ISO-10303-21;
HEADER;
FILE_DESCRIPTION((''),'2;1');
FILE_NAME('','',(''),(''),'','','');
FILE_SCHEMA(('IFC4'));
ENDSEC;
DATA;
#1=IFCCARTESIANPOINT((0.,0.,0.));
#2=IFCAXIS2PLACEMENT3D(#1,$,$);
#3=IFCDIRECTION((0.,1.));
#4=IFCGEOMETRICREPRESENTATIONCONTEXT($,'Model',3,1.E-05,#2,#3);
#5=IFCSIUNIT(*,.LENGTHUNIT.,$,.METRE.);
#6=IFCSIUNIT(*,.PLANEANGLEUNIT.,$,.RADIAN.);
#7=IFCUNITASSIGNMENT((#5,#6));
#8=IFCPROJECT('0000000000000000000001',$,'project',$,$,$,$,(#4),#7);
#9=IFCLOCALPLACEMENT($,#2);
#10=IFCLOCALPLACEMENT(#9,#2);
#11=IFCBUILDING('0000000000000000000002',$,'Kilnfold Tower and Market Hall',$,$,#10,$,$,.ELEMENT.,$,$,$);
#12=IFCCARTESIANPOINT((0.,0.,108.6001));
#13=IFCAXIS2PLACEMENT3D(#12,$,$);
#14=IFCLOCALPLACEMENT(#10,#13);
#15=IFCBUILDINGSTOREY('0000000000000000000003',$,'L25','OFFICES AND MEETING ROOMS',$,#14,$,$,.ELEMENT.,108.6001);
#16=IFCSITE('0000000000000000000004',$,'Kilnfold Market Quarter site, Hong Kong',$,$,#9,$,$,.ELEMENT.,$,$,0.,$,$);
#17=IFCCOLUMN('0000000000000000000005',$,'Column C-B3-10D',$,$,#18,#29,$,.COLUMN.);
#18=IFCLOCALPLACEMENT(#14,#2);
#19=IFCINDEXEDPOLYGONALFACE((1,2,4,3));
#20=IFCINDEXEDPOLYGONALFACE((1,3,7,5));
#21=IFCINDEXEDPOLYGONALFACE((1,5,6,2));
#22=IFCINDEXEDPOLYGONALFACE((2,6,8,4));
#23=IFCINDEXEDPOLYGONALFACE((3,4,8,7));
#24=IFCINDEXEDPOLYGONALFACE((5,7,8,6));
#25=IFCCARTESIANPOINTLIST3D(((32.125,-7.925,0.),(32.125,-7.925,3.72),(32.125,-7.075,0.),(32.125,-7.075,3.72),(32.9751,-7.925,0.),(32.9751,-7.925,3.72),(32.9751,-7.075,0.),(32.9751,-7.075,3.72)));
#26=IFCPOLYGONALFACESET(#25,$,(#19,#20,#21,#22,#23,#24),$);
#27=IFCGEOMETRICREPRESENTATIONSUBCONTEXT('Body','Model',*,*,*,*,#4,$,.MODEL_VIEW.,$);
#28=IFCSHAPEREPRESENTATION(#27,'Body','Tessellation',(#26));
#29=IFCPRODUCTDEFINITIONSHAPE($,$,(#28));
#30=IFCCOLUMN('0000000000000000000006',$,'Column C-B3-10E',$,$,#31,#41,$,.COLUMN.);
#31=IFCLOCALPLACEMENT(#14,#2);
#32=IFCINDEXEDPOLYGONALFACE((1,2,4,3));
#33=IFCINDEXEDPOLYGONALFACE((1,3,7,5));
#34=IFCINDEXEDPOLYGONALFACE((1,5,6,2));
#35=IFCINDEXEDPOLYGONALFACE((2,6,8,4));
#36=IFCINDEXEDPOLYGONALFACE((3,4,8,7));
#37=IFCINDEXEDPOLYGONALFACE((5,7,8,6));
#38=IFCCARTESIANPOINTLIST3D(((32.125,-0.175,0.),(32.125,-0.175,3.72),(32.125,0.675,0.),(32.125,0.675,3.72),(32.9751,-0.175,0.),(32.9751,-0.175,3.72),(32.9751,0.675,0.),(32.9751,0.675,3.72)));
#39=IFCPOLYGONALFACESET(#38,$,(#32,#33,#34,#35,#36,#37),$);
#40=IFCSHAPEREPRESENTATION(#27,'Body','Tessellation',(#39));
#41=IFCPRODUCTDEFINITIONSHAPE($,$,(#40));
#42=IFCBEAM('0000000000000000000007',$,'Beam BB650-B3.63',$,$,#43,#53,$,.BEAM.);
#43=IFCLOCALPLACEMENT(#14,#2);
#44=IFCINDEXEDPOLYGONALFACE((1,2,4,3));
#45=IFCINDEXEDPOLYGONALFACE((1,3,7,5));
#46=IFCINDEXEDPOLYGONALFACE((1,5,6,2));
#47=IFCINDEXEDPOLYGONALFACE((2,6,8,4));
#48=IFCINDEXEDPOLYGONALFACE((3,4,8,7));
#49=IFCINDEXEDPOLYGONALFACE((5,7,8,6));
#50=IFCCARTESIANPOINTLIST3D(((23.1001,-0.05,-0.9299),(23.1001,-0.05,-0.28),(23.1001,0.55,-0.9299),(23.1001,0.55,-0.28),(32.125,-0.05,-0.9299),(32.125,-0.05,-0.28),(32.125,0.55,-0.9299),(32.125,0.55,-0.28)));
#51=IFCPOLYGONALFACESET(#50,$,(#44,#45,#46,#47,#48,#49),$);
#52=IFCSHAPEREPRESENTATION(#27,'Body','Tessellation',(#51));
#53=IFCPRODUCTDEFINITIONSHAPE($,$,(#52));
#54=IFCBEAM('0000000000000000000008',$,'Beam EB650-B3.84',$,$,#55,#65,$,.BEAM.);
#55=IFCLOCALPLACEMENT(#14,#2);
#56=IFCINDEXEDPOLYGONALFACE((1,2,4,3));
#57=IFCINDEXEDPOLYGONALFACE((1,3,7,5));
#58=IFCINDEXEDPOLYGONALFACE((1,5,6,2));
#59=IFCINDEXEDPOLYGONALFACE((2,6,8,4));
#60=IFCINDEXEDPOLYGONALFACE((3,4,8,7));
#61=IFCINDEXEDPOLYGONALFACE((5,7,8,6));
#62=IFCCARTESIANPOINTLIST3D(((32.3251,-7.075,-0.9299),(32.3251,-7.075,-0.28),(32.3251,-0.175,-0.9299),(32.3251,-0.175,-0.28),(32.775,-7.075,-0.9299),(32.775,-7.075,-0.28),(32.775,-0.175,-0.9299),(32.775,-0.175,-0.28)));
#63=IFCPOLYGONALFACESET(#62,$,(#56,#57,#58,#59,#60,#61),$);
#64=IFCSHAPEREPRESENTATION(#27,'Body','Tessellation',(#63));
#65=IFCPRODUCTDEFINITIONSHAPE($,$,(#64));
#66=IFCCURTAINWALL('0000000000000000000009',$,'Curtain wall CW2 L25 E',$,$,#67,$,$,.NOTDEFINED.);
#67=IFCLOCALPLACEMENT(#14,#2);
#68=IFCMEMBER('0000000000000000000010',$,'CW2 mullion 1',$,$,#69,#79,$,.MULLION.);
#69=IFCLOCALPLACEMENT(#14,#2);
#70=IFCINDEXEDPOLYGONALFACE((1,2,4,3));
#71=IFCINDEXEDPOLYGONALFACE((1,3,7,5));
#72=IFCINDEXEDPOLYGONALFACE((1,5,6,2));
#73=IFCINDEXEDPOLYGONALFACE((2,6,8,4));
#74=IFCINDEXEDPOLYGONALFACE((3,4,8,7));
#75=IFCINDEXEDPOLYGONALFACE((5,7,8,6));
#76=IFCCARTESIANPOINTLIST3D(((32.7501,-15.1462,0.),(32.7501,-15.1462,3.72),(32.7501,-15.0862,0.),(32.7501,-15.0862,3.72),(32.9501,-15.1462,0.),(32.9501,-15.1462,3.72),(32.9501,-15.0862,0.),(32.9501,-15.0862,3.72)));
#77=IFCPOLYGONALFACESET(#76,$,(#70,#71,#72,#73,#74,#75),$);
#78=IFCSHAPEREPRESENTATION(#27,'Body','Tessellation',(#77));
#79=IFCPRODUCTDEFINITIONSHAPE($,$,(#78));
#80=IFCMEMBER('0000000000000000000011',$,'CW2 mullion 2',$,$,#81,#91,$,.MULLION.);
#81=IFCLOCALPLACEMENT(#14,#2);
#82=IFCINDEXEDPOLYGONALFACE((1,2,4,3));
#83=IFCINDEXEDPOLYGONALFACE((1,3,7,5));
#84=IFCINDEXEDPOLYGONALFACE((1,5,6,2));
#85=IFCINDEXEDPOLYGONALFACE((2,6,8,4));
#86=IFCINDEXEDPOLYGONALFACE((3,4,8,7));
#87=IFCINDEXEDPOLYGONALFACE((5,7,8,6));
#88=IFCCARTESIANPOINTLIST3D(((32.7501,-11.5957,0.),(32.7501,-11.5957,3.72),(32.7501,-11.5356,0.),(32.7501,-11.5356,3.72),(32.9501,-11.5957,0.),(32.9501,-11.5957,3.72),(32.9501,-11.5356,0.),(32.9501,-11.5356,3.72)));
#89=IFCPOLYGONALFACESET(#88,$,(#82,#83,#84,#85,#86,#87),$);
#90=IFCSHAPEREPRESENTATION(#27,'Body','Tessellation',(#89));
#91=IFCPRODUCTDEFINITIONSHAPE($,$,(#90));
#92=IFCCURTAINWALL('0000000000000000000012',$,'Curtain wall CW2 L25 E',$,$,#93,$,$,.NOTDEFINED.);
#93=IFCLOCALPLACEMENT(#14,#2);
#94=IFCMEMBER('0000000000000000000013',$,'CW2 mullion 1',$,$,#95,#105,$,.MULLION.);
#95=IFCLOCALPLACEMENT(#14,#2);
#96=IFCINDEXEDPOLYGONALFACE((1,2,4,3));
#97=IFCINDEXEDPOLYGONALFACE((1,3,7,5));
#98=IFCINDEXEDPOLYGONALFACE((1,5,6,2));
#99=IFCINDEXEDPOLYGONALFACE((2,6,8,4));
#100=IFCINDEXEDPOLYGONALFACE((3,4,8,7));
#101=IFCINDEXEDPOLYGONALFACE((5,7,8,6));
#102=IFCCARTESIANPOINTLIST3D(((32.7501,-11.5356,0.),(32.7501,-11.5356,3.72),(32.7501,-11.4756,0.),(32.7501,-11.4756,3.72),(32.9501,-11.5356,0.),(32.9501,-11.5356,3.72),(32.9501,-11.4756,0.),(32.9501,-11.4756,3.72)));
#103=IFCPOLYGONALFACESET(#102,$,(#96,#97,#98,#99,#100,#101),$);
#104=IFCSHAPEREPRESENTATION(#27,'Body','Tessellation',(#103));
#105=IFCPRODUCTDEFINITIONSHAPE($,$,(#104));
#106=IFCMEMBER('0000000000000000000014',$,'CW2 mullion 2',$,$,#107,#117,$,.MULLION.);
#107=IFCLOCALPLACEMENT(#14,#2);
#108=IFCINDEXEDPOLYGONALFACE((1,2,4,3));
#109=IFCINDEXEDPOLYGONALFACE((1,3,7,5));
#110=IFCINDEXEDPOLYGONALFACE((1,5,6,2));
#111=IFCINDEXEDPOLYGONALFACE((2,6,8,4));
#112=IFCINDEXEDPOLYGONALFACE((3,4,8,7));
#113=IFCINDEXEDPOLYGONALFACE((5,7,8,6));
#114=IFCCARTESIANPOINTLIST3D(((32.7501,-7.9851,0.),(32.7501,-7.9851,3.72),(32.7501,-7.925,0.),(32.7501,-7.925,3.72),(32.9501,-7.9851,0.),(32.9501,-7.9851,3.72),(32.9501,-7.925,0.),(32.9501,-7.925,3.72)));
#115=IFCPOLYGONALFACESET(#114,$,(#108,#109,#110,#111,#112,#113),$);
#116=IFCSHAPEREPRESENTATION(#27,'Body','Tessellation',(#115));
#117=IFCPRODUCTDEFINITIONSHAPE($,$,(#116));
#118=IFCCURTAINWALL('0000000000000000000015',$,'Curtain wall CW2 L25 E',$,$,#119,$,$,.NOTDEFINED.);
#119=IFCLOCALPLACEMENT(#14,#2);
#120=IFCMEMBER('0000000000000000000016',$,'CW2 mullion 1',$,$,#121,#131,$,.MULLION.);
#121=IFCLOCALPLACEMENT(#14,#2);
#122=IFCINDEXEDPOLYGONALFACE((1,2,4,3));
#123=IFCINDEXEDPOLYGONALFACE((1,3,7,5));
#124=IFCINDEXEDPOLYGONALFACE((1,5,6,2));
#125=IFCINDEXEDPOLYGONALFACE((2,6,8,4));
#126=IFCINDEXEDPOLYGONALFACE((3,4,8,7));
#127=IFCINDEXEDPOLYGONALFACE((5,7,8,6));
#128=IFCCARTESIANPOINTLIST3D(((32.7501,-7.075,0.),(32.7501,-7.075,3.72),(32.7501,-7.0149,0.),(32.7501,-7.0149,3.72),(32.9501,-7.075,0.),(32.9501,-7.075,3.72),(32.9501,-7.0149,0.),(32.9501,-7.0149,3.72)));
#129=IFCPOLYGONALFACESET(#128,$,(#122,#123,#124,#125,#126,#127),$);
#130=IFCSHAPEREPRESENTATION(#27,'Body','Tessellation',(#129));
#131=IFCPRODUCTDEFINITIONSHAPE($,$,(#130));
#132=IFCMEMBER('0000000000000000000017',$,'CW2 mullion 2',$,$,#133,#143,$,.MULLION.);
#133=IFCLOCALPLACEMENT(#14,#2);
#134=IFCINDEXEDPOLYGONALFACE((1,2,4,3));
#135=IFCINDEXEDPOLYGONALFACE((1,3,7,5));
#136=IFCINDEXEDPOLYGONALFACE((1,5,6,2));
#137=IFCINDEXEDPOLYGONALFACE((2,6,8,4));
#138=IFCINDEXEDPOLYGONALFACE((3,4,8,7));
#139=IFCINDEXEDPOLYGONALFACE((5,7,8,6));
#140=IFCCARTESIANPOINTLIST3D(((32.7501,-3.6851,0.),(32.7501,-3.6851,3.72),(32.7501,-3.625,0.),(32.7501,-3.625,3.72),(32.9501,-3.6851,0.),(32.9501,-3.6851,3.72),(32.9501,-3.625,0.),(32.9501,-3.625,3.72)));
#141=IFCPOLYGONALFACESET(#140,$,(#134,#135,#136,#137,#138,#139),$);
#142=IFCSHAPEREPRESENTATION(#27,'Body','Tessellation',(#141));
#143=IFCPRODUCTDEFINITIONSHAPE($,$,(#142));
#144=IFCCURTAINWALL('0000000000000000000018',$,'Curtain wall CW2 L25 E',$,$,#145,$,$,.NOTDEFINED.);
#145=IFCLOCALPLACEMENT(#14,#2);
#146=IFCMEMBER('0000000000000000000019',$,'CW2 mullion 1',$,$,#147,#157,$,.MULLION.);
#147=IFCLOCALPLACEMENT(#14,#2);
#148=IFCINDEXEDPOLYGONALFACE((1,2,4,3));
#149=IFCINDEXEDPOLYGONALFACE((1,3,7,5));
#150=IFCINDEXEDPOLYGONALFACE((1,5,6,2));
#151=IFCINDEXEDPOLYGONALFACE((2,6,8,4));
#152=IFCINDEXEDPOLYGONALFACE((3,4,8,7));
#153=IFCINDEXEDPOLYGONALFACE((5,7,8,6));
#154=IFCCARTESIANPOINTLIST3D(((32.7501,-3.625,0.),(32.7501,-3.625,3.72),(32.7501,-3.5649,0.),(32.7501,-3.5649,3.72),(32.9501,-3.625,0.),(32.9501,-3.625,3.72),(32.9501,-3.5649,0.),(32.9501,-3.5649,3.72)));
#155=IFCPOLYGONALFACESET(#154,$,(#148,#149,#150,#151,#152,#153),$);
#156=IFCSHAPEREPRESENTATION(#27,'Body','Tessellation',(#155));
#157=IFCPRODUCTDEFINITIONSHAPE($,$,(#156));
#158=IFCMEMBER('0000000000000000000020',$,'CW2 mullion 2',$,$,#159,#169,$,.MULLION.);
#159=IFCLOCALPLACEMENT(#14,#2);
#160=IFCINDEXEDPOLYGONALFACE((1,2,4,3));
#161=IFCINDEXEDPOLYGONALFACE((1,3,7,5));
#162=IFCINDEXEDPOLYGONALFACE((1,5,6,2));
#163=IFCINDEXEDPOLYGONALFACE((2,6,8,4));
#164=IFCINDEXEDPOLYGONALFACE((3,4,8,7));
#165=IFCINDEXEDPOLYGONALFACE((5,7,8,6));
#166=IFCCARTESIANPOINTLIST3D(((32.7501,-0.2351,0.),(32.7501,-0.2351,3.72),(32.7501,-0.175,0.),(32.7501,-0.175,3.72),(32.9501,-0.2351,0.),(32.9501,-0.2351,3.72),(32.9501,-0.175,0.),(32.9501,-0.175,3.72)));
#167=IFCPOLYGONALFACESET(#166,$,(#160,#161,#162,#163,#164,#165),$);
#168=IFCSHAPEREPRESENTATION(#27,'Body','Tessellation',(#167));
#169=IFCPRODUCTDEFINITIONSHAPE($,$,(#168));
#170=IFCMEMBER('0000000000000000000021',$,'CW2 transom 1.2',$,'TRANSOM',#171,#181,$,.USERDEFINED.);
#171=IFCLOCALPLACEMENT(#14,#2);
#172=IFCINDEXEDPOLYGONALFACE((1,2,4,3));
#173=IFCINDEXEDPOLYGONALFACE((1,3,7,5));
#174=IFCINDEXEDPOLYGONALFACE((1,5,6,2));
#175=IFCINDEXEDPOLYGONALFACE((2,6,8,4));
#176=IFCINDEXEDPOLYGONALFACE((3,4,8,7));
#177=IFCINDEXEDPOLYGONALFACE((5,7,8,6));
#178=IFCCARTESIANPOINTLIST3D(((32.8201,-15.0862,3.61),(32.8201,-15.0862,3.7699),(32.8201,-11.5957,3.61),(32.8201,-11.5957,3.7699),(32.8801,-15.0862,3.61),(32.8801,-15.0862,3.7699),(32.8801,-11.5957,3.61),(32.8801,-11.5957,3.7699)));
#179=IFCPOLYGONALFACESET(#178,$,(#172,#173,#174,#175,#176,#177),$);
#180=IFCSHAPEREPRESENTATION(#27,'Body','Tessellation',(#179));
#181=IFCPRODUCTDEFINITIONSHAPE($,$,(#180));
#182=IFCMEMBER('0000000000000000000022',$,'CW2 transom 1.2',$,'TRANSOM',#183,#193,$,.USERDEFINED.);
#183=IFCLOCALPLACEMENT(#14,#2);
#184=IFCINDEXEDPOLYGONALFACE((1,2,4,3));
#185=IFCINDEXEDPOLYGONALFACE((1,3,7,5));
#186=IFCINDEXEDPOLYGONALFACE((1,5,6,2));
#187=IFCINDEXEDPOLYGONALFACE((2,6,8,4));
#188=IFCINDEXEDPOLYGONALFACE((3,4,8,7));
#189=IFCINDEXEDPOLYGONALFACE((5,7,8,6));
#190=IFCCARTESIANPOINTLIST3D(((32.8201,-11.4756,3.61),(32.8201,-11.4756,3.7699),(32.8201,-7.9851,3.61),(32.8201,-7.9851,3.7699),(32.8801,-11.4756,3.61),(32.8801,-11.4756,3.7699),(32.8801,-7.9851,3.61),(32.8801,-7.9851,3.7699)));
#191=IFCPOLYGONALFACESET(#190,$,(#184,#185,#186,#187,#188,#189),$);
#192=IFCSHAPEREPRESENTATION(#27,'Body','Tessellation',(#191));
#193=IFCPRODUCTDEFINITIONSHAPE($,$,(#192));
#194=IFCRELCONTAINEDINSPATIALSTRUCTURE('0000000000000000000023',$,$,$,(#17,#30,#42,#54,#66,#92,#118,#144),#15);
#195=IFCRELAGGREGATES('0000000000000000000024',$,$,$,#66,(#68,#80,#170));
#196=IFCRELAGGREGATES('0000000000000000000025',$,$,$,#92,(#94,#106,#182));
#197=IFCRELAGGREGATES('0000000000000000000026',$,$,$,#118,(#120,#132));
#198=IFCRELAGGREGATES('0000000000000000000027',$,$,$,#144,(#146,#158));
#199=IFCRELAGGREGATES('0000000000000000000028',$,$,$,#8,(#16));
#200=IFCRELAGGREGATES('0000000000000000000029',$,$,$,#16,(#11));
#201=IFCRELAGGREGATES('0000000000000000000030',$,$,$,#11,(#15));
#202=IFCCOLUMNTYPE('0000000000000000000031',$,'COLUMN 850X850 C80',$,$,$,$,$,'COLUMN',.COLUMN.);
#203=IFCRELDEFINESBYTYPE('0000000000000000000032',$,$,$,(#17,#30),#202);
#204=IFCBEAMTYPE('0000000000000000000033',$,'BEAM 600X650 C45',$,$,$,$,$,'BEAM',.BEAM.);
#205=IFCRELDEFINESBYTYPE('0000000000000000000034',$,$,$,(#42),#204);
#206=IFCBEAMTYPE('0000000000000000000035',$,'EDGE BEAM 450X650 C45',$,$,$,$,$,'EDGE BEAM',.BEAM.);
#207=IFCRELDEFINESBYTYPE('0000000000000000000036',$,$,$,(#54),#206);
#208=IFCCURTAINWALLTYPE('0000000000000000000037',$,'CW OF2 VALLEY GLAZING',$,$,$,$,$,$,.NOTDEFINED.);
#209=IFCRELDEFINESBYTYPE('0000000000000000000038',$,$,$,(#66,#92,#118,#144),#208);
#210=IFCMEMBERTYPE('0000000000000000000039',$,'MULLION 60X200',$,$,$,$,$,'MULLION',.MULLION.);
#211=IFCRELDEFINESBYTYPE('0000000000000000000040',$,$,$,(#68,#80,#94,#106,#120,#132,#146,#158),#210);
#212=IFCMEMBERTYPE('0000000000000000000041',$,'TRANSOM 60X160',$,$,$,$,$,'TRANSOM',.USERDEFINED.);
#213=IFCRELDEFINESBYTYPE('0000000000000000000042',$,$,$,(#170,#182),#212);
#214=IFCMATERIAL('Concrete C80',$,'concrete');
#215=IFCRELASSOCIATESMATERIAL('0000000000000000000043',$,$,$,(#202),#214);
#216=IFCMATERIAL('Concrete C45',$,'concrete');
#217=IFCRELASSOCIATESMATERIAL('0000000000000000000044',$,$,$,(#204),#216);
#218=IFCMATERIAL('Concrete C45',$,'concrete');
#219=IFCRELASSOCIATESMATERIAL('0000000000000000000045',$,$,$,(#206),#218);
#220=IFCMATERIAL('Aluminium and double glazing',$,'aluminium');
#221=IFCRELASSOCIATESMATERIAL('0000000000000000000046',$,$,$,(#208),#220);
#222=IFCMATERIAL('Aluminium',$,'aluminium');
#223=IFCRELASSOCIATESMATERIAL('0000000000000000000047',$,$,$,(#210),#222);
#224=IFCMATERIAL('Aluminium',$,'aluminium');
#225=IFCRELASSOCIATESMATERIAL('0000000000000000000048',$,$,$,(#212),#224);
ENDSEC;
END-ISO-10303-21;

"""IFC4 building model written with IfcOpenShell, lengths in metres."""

from ifc_helpers import new_model, si_unit, direction, frame, origin, origin_2d, place, context, subcontext, project, spatial, rectangle, extrude, source, transform, mapped, material, material_profile, profile_set, type_object, element, aggregate, save


model = new_model("IFC4")

# Units and contexts
model_context = context("Model", 3, precision=1e-05, world=origin(), true_north=direction((0.0, 1.0)))
body_context = subcontext(model_context, "Body", "Model", "MODEL_VIEW")
ifc_project = project(units=[si_unit("LENGTHUNIT", "METRE"), si_unit("PLANEANGLEUNIT", "RADIAN")], contexts=[model_context])

# Site, building, storey
site_placement = place(None, origin())
site = spatial("IfcSite", under=ifc_project, at=site_placement, Name="Kilnfold Market Quarter site, Hong Kong", CompositionType="ELEMENT", RefElevation=0.0)
building_placement = place(site_placement, origin())
building = spatial("IfcBuilding", under=site, at=building_placement, Name="Kilnfold Tower and Market Hall", CompositionType="ELEMENT")
storey_placement = place(building_placement, frame((0.0, 0.0, 108.6001)))
storey = spatial("IfcBuildingStorey", under=building, at=storey_placement, Name="L25", Description="OFFICES AND MEETING ROOMS", CompositionType="ELEMENT", Elevation=108.6001)

# Columns
ifc_material_1 = material(Name="Concrete C80", Category="concrete")
ifc_material_profile_1 = material_profile(ifc_material_1, rectangle(XDim=0.8501, YDim=0.8501, at=origin_2d()), Name="RC 850x850")
ifc_profile_set_1 = profile_set([ifc_material_profile_1], Name="Concrete C80")
column_type = type_object("IfcColumnType", Name="COLUMN 850X850 C80", ElementType="COLUMN", PredefinedType="COLUMN", material=ifc_profile_set_1)
shared_shape_1 = source(origin(), body_context, "Body", "SweptSolid", [
    extrude(rectangle(XDim=0.8501, YDim=0.8501, at=origin_2d()), origin(), (0.0, 0.0, 1.0), 3.72),
])
for number, where, z_axis, x_axis, name in (
    (1, (32.55, -7.5, 0.0), (0.0, 0.0, 1.0), (1.0, 0.0, 0.0), "Column C-B3-10D"),
    (2, (32.55, 0.25, 0.0), (0.0, 0.0, 1.0), (1.0, 0.0, 0.0), "Column C-B3-10E"),
):
    element("IfcColumn", number, at=place(storey_placement, frame(where, z_axis=z_axis, x_axis=x_axis)), inside=storey, type_object=column_type, Name=name, PredefinedType="COLUMN", context=body_context, shape_type="MappedRepresentation", body=[
        mapped(shared_shape_1, transform((0.0, 0.0, 0.0))),
    ])

# Beams
ifc_material_2 = material(Name="Concrete C45", Category="concrete")
ifc_material_profile_2 = material_profile(ifc_material_2, rectangle(XDim=0.6001, YDim=0.6499, at=origin_2d()), Name="RC 600x650")
ifc_profile_set_2 = profile_set([ifc_material_profile_2], Name="Concrete C45")
beam_type_1 = type_object("IfcBeamType", Name="BEAM 600X650 C45", ElementType="BEAM", PredefinedType="BEAM", material=ifc_profile_set_2)
shared_shape_2 = source(origin(), body_context, "Body", "SweptSolid", [
    extrude(rectangle(XDim=0.6001, YDim=0.6499, at=origin_2d()), origin(), (0.0, 0.0, 1.0), 9.0249),
])
beam_1_placement = place(storey_placement, frame((23.1001, 0.25, -0.605), z_axis=(1.0, 0.0, 0.0), x_axis=(0.0, 1.0, 0.0)))
element("IfcBeam", 3, at=beam_1_placement, inside=storey, type_object=beam_type_1, Name="Beam BB650-B3.63", PredefinedType="BEAM", context=body_context, shape_type="MappedRepresentation", body=[
    mapped(shared_shape_2, transform((0.0, 0.0, 0.0))),
])
ifc_material_3 = material(Name="Concrete C45", Category="concrete")
ifc_material_profile_3 = material_profile(ifc_material_3, rectangle(XDim=0.45, YDim=0.6499, at=origin_2d()), Name="RC 450x650")
ifc_profile_set_3 = profile_set([ifc_material_profile_3], Name="Concrete C45")
beam_type_2 = type_object("IfcBeamType", Name="EDGE BEAM 450X650 C45", ElementType="EDGE BEAM", PredefinedType="BEAM", material=ifc_profile_set_3)
shared_shape_3 = source(origin(), body_context, "Body", "SweptSolid", [
    extrude(rectangle(XDim=0.45, YDim=0.6499, at=origin_2d()), origin(), (0.0, 0.0, 1.0), 6.8999),
])
beam_2_placement = place(storey_placement, frame((32.55, -7.075, -0.605), z_axis=(0.0, 1.0, 0.0), x_axis=(-1.0, 0.0, 0.0)))
element("IfcBeam", 4, at=beam_2_placement, inside=storey, type_object=beam_type_2, Name="Beam EB650-B3.84", PredefinedType="BEAM", context=body_context, shape_type="MappedRepresentation", body=[
    mapped(shared_shape_3, transform((0.0, 0.0, 0.0))),
])

# Curtain walls, members
ifc_material_4 = material(Name="Aluminium and double glazing", Category="aluminium")
curtain_wall_type = type_object("IfcCurtainWallType", Name="CW OF2 VALLEY GLAZING", PredefinedType="NOTDEFINED", material=ifc_material_4)
curtain_wall_1_placement = place(storey_placement, origin())
curtain_wall_1 = element("IfcCurtainWall", 5, at=curtain_wall_1_placement, inside=storey, type_object=curtain_wall_type, Name="Curtain wall CW2 L25 E", PredefinedType="NOTDEFINED")
ifc_material_5 = material(Name="Aluminium", Category="aluminium")
ifc_material_profile_4 = material_profile(ifc_material_5, rectangle(XDim=0.0601, YDim=0.2, at=origin_2d()), Name="MULLION 60x200")
ifc_profile_set_4 = profile_set([ifc_material_profile_4], Name="Aluminium")
member_type_1 = type_object("IfcMemberType", Name="MULLION 60X200", ElementType="MULLION", PredefinedType="MULLION", material=ifc_profile_set_4)
shared_shape_4 = source(origin(), body_context, "Body", "SweptSolid", [
    extrude(rectangle(XDim=0.0601, YDim=0.2, at=origin_2d()), origin(), (0.0, 0.0, 1.0), 3.72),
])
member_1_placement = place(storey_placement, frame((32.8501, -15.1162, 0.0), z_axis=(0.0, 0.0, 1.0), x_axis=(0.0, 1.0, 0.0)))
member_1 = element("IfcMember", 6, at=member_1_placement, type_object=member_type_1, Name="CW2 mullion 1", PredefinedType="MULLION", context=body_context, shape_type="MappedRepresentation", body=[
    mapped(shared_shape_4, transform((0.0, 0.0, 0.0))),
])
member_2_placement = place(storey_placement, frame((32.8501, -11.5657, 0.0), z_axis=(0.0, 0.0, 1.0), x_axis=(0.0, 1.0, 0.0)))
member_2 = element("IfcMember", 7, at=member_2_placement, type_object=member_type_1, Name="CW2 mullion 2", PredefinedType="MULLION", context=body_context, shape_type="MappedRepresentation", body=[
    mapped(shared_shape_4, transform((0.0, 0.0, 0.0))),
])
curtain_wall_2_placement = place(storey_placement, origin())
curtain_wall_2 = element("IfcCurtainWall", 8, at=curtain_wall_2_placement, inside=storey, type_object=curtain_wall_type, Name="Curtain wall CW2 L25 E", PredefinedType="NOTDEFINED")
member_3_placement = place(storey_placement, frame((32.8501, -11.5056, 0.0), z_axis=(0.0, 0.0, 1.0), x_axis=(0.0, 1.0, 0.0)))
member_3 = element("IfcMember", 9, at=member_3_placement, type_object=member_type_1, Name="CW2 mullion 1", PredefinedType="MULLION", context=body_context, shape_type="MappedRepresentation", body=[
    mapped(shared_shape_4, transform((0.0, 0.0, 0.0))),
])
member_4_placement = place(storey_placement, frame((32.8501, -7.9551, 0.0), z_axis=(0.0, 0.0, 1.0), x_axis=(0.0, 1.0, 0.0)))
member_4 = element("IfcMember", 10, at=member_4_placement, type_object=member_type_1, Name="CW2 mullion 2", PredefinedType="MULLION", context=body_context, shape_type="MappedRepresentation", body=[
    mapped(shared_shape_4, transform((0.0, 0.0, 0.0))),
])
curtain_wall_3_placement = place(storey_placement, origin())
curtain_wall_3 = element("IfcCurtainWall", 11, at=curtain_wall_3_placement, inside=storey, type_object=curtain_wall_type, Name="Curtain wall CW2 L25 E", PredefinedType="NOTDEFINED")
member_5_placement = place(storey_placement, frame((32.8501, -7.0449, 0.0), z_axis=(0.0, 0.0, 1.0), x_axis=(0.0, 1.0, 0.0)))
member_5 = element("IfcMember", 12, at=member_5_placement, type_object=member_type_1, Name="CW2 mullion 1", PredefinedType="MULLION", context=body_context, shape_type="MappedRepresentation", body=[
    mapped(shared_shape_4, transform((0.0, 0.0, 0.0))),
])
member_6_placement = place(storey_placement, frame((32.8501, -3.655, 0.0), z_axis=(0.0, 0.0, 1.0), x_axis=(0.0, 1.0, 0.0)))
member_6 = element("IfcMember", 13, at=member_6_placement, type_object=member_type_1, Name="CW2 mullion 2", PredefinedType="MULLION", context=body_context, shape_type="MappedRepresentation", body=[
    mapped(shared_shape_4, transform((0.0, 0.0, 0.0))),
])
curtain_wall_4_placement = place(storey_placement, origin())
curtain_wall_4 = element("IfcCurtainWall", 14, at=curtain_wall_4_placement, inside=storey, type_object=curtain_wall_type, Name="Curtain wall CW2 L25 E", PredefinedType="NOTDEFINED")
member_7_placement = place(storey_placement, frame((32.8501, -3.595, 0.0), z_axis=(0.0, 0.0, 1.0), x_axis=(0.0, 1.0, 0.0)))
member_7 = element("IfcMember", 15, at=member_7_placement, type_object=member_type_1, Name="CW2 mullion 1", PredefinedType="MULLION", context=body_context, shape_type="MappedRepresentation", body=[
    mapped(shared_shape_4, transform((0.0, 0.0, 0.0))),
])
member_8_placement = place(storey_placement, frame((32.8501, -0.2051, 0.0), z_axis=(0.0, 0.0, 1.0), x_axis=(0.0, 1.0, 0.0)))
member_8 = element("IfcMember", 16, at=member_8_placement, type_object=member_type_1, Name="CW2 mullion 2", PredefinedType="MULLION", context=body_context, shape_type="MappedRepresentation", body=[
    mapped(shared_shape_4, transform((0.0, 0.0, 0.0))),
])

# Members
ifc_material_6 = material(Name="Aluminium", Category="aluminium")
ifc_material_profile_5 = material_profile(ifc_material_6, rectangle(XDim=0.0601, YDim=0.1599, at=origin_2d()), Name="TRANSOM 60x160")
ifc_profile_set_5 = profile_set([ifc_material_profile_5], Name="Aluminium")
member_type_2 = type_object("IfcMemberType", Name="TRANSOM 60X160", ElementType="TRANSOM", PredefinedType="USERDEFINED", material=ifc_profile_set_5)
shared_shape_5 = source(origin(), body_context, "Body", "SweptSolid", [
    extrude(rectangle(XDim=0.0601, YDim=0.1599, at=origin_2d()), origin(), (0.0, 0.0, 1.0), 3.4905),
])
member_9_placement = place(storey_placement, frame((32.8501, -15.0862, 3.6899), z_axis=(0.0, 1.0, 0.0), x_axis=(-1.0, 0.0, 0.0)))
member_9 = element("IfcMember", 17, at=member_9_placement, type_object=member_type_2, Name="CW2 transom 1.2", ObjectType="TRANSOM", PredefinedType="USERDEFINED", context=body_context, shape_type="MappedRepresentation", body=[
    mapped(shared_shape_5, transform((0.0, 0.0, 0.0))),
])
member_10_placement = place(storey_placement, frame((32.8501, -11.4756, 3.6899), z_axis=(0.0, 1.0, 0.0), x_axis=(-1.0, 0.0, 0.0)))
member_10 = element("IfcMember", 18, at=member_10_placement, type_object=member_type_2, Name="CW2 transom 1.2", ObjectType="TRANSOM", PredefinedType="USERDEFINED", context=body_context, shape_type="MappedRepresentation", body=[
    mapped(shared_shape_5, transform((0.0, 0.0, 0.0))),
])

aggregate(curtain_wall_1, [member_1, member_2, member_9])
aggregate(curtain_wall_2, [member_3, member_4, member_10])
aggregate(curtain_wall_3, [member_5, member_6])
aggregate(curtain_wall_4, [member_7, member_8])

save(model, "model.ifc")
